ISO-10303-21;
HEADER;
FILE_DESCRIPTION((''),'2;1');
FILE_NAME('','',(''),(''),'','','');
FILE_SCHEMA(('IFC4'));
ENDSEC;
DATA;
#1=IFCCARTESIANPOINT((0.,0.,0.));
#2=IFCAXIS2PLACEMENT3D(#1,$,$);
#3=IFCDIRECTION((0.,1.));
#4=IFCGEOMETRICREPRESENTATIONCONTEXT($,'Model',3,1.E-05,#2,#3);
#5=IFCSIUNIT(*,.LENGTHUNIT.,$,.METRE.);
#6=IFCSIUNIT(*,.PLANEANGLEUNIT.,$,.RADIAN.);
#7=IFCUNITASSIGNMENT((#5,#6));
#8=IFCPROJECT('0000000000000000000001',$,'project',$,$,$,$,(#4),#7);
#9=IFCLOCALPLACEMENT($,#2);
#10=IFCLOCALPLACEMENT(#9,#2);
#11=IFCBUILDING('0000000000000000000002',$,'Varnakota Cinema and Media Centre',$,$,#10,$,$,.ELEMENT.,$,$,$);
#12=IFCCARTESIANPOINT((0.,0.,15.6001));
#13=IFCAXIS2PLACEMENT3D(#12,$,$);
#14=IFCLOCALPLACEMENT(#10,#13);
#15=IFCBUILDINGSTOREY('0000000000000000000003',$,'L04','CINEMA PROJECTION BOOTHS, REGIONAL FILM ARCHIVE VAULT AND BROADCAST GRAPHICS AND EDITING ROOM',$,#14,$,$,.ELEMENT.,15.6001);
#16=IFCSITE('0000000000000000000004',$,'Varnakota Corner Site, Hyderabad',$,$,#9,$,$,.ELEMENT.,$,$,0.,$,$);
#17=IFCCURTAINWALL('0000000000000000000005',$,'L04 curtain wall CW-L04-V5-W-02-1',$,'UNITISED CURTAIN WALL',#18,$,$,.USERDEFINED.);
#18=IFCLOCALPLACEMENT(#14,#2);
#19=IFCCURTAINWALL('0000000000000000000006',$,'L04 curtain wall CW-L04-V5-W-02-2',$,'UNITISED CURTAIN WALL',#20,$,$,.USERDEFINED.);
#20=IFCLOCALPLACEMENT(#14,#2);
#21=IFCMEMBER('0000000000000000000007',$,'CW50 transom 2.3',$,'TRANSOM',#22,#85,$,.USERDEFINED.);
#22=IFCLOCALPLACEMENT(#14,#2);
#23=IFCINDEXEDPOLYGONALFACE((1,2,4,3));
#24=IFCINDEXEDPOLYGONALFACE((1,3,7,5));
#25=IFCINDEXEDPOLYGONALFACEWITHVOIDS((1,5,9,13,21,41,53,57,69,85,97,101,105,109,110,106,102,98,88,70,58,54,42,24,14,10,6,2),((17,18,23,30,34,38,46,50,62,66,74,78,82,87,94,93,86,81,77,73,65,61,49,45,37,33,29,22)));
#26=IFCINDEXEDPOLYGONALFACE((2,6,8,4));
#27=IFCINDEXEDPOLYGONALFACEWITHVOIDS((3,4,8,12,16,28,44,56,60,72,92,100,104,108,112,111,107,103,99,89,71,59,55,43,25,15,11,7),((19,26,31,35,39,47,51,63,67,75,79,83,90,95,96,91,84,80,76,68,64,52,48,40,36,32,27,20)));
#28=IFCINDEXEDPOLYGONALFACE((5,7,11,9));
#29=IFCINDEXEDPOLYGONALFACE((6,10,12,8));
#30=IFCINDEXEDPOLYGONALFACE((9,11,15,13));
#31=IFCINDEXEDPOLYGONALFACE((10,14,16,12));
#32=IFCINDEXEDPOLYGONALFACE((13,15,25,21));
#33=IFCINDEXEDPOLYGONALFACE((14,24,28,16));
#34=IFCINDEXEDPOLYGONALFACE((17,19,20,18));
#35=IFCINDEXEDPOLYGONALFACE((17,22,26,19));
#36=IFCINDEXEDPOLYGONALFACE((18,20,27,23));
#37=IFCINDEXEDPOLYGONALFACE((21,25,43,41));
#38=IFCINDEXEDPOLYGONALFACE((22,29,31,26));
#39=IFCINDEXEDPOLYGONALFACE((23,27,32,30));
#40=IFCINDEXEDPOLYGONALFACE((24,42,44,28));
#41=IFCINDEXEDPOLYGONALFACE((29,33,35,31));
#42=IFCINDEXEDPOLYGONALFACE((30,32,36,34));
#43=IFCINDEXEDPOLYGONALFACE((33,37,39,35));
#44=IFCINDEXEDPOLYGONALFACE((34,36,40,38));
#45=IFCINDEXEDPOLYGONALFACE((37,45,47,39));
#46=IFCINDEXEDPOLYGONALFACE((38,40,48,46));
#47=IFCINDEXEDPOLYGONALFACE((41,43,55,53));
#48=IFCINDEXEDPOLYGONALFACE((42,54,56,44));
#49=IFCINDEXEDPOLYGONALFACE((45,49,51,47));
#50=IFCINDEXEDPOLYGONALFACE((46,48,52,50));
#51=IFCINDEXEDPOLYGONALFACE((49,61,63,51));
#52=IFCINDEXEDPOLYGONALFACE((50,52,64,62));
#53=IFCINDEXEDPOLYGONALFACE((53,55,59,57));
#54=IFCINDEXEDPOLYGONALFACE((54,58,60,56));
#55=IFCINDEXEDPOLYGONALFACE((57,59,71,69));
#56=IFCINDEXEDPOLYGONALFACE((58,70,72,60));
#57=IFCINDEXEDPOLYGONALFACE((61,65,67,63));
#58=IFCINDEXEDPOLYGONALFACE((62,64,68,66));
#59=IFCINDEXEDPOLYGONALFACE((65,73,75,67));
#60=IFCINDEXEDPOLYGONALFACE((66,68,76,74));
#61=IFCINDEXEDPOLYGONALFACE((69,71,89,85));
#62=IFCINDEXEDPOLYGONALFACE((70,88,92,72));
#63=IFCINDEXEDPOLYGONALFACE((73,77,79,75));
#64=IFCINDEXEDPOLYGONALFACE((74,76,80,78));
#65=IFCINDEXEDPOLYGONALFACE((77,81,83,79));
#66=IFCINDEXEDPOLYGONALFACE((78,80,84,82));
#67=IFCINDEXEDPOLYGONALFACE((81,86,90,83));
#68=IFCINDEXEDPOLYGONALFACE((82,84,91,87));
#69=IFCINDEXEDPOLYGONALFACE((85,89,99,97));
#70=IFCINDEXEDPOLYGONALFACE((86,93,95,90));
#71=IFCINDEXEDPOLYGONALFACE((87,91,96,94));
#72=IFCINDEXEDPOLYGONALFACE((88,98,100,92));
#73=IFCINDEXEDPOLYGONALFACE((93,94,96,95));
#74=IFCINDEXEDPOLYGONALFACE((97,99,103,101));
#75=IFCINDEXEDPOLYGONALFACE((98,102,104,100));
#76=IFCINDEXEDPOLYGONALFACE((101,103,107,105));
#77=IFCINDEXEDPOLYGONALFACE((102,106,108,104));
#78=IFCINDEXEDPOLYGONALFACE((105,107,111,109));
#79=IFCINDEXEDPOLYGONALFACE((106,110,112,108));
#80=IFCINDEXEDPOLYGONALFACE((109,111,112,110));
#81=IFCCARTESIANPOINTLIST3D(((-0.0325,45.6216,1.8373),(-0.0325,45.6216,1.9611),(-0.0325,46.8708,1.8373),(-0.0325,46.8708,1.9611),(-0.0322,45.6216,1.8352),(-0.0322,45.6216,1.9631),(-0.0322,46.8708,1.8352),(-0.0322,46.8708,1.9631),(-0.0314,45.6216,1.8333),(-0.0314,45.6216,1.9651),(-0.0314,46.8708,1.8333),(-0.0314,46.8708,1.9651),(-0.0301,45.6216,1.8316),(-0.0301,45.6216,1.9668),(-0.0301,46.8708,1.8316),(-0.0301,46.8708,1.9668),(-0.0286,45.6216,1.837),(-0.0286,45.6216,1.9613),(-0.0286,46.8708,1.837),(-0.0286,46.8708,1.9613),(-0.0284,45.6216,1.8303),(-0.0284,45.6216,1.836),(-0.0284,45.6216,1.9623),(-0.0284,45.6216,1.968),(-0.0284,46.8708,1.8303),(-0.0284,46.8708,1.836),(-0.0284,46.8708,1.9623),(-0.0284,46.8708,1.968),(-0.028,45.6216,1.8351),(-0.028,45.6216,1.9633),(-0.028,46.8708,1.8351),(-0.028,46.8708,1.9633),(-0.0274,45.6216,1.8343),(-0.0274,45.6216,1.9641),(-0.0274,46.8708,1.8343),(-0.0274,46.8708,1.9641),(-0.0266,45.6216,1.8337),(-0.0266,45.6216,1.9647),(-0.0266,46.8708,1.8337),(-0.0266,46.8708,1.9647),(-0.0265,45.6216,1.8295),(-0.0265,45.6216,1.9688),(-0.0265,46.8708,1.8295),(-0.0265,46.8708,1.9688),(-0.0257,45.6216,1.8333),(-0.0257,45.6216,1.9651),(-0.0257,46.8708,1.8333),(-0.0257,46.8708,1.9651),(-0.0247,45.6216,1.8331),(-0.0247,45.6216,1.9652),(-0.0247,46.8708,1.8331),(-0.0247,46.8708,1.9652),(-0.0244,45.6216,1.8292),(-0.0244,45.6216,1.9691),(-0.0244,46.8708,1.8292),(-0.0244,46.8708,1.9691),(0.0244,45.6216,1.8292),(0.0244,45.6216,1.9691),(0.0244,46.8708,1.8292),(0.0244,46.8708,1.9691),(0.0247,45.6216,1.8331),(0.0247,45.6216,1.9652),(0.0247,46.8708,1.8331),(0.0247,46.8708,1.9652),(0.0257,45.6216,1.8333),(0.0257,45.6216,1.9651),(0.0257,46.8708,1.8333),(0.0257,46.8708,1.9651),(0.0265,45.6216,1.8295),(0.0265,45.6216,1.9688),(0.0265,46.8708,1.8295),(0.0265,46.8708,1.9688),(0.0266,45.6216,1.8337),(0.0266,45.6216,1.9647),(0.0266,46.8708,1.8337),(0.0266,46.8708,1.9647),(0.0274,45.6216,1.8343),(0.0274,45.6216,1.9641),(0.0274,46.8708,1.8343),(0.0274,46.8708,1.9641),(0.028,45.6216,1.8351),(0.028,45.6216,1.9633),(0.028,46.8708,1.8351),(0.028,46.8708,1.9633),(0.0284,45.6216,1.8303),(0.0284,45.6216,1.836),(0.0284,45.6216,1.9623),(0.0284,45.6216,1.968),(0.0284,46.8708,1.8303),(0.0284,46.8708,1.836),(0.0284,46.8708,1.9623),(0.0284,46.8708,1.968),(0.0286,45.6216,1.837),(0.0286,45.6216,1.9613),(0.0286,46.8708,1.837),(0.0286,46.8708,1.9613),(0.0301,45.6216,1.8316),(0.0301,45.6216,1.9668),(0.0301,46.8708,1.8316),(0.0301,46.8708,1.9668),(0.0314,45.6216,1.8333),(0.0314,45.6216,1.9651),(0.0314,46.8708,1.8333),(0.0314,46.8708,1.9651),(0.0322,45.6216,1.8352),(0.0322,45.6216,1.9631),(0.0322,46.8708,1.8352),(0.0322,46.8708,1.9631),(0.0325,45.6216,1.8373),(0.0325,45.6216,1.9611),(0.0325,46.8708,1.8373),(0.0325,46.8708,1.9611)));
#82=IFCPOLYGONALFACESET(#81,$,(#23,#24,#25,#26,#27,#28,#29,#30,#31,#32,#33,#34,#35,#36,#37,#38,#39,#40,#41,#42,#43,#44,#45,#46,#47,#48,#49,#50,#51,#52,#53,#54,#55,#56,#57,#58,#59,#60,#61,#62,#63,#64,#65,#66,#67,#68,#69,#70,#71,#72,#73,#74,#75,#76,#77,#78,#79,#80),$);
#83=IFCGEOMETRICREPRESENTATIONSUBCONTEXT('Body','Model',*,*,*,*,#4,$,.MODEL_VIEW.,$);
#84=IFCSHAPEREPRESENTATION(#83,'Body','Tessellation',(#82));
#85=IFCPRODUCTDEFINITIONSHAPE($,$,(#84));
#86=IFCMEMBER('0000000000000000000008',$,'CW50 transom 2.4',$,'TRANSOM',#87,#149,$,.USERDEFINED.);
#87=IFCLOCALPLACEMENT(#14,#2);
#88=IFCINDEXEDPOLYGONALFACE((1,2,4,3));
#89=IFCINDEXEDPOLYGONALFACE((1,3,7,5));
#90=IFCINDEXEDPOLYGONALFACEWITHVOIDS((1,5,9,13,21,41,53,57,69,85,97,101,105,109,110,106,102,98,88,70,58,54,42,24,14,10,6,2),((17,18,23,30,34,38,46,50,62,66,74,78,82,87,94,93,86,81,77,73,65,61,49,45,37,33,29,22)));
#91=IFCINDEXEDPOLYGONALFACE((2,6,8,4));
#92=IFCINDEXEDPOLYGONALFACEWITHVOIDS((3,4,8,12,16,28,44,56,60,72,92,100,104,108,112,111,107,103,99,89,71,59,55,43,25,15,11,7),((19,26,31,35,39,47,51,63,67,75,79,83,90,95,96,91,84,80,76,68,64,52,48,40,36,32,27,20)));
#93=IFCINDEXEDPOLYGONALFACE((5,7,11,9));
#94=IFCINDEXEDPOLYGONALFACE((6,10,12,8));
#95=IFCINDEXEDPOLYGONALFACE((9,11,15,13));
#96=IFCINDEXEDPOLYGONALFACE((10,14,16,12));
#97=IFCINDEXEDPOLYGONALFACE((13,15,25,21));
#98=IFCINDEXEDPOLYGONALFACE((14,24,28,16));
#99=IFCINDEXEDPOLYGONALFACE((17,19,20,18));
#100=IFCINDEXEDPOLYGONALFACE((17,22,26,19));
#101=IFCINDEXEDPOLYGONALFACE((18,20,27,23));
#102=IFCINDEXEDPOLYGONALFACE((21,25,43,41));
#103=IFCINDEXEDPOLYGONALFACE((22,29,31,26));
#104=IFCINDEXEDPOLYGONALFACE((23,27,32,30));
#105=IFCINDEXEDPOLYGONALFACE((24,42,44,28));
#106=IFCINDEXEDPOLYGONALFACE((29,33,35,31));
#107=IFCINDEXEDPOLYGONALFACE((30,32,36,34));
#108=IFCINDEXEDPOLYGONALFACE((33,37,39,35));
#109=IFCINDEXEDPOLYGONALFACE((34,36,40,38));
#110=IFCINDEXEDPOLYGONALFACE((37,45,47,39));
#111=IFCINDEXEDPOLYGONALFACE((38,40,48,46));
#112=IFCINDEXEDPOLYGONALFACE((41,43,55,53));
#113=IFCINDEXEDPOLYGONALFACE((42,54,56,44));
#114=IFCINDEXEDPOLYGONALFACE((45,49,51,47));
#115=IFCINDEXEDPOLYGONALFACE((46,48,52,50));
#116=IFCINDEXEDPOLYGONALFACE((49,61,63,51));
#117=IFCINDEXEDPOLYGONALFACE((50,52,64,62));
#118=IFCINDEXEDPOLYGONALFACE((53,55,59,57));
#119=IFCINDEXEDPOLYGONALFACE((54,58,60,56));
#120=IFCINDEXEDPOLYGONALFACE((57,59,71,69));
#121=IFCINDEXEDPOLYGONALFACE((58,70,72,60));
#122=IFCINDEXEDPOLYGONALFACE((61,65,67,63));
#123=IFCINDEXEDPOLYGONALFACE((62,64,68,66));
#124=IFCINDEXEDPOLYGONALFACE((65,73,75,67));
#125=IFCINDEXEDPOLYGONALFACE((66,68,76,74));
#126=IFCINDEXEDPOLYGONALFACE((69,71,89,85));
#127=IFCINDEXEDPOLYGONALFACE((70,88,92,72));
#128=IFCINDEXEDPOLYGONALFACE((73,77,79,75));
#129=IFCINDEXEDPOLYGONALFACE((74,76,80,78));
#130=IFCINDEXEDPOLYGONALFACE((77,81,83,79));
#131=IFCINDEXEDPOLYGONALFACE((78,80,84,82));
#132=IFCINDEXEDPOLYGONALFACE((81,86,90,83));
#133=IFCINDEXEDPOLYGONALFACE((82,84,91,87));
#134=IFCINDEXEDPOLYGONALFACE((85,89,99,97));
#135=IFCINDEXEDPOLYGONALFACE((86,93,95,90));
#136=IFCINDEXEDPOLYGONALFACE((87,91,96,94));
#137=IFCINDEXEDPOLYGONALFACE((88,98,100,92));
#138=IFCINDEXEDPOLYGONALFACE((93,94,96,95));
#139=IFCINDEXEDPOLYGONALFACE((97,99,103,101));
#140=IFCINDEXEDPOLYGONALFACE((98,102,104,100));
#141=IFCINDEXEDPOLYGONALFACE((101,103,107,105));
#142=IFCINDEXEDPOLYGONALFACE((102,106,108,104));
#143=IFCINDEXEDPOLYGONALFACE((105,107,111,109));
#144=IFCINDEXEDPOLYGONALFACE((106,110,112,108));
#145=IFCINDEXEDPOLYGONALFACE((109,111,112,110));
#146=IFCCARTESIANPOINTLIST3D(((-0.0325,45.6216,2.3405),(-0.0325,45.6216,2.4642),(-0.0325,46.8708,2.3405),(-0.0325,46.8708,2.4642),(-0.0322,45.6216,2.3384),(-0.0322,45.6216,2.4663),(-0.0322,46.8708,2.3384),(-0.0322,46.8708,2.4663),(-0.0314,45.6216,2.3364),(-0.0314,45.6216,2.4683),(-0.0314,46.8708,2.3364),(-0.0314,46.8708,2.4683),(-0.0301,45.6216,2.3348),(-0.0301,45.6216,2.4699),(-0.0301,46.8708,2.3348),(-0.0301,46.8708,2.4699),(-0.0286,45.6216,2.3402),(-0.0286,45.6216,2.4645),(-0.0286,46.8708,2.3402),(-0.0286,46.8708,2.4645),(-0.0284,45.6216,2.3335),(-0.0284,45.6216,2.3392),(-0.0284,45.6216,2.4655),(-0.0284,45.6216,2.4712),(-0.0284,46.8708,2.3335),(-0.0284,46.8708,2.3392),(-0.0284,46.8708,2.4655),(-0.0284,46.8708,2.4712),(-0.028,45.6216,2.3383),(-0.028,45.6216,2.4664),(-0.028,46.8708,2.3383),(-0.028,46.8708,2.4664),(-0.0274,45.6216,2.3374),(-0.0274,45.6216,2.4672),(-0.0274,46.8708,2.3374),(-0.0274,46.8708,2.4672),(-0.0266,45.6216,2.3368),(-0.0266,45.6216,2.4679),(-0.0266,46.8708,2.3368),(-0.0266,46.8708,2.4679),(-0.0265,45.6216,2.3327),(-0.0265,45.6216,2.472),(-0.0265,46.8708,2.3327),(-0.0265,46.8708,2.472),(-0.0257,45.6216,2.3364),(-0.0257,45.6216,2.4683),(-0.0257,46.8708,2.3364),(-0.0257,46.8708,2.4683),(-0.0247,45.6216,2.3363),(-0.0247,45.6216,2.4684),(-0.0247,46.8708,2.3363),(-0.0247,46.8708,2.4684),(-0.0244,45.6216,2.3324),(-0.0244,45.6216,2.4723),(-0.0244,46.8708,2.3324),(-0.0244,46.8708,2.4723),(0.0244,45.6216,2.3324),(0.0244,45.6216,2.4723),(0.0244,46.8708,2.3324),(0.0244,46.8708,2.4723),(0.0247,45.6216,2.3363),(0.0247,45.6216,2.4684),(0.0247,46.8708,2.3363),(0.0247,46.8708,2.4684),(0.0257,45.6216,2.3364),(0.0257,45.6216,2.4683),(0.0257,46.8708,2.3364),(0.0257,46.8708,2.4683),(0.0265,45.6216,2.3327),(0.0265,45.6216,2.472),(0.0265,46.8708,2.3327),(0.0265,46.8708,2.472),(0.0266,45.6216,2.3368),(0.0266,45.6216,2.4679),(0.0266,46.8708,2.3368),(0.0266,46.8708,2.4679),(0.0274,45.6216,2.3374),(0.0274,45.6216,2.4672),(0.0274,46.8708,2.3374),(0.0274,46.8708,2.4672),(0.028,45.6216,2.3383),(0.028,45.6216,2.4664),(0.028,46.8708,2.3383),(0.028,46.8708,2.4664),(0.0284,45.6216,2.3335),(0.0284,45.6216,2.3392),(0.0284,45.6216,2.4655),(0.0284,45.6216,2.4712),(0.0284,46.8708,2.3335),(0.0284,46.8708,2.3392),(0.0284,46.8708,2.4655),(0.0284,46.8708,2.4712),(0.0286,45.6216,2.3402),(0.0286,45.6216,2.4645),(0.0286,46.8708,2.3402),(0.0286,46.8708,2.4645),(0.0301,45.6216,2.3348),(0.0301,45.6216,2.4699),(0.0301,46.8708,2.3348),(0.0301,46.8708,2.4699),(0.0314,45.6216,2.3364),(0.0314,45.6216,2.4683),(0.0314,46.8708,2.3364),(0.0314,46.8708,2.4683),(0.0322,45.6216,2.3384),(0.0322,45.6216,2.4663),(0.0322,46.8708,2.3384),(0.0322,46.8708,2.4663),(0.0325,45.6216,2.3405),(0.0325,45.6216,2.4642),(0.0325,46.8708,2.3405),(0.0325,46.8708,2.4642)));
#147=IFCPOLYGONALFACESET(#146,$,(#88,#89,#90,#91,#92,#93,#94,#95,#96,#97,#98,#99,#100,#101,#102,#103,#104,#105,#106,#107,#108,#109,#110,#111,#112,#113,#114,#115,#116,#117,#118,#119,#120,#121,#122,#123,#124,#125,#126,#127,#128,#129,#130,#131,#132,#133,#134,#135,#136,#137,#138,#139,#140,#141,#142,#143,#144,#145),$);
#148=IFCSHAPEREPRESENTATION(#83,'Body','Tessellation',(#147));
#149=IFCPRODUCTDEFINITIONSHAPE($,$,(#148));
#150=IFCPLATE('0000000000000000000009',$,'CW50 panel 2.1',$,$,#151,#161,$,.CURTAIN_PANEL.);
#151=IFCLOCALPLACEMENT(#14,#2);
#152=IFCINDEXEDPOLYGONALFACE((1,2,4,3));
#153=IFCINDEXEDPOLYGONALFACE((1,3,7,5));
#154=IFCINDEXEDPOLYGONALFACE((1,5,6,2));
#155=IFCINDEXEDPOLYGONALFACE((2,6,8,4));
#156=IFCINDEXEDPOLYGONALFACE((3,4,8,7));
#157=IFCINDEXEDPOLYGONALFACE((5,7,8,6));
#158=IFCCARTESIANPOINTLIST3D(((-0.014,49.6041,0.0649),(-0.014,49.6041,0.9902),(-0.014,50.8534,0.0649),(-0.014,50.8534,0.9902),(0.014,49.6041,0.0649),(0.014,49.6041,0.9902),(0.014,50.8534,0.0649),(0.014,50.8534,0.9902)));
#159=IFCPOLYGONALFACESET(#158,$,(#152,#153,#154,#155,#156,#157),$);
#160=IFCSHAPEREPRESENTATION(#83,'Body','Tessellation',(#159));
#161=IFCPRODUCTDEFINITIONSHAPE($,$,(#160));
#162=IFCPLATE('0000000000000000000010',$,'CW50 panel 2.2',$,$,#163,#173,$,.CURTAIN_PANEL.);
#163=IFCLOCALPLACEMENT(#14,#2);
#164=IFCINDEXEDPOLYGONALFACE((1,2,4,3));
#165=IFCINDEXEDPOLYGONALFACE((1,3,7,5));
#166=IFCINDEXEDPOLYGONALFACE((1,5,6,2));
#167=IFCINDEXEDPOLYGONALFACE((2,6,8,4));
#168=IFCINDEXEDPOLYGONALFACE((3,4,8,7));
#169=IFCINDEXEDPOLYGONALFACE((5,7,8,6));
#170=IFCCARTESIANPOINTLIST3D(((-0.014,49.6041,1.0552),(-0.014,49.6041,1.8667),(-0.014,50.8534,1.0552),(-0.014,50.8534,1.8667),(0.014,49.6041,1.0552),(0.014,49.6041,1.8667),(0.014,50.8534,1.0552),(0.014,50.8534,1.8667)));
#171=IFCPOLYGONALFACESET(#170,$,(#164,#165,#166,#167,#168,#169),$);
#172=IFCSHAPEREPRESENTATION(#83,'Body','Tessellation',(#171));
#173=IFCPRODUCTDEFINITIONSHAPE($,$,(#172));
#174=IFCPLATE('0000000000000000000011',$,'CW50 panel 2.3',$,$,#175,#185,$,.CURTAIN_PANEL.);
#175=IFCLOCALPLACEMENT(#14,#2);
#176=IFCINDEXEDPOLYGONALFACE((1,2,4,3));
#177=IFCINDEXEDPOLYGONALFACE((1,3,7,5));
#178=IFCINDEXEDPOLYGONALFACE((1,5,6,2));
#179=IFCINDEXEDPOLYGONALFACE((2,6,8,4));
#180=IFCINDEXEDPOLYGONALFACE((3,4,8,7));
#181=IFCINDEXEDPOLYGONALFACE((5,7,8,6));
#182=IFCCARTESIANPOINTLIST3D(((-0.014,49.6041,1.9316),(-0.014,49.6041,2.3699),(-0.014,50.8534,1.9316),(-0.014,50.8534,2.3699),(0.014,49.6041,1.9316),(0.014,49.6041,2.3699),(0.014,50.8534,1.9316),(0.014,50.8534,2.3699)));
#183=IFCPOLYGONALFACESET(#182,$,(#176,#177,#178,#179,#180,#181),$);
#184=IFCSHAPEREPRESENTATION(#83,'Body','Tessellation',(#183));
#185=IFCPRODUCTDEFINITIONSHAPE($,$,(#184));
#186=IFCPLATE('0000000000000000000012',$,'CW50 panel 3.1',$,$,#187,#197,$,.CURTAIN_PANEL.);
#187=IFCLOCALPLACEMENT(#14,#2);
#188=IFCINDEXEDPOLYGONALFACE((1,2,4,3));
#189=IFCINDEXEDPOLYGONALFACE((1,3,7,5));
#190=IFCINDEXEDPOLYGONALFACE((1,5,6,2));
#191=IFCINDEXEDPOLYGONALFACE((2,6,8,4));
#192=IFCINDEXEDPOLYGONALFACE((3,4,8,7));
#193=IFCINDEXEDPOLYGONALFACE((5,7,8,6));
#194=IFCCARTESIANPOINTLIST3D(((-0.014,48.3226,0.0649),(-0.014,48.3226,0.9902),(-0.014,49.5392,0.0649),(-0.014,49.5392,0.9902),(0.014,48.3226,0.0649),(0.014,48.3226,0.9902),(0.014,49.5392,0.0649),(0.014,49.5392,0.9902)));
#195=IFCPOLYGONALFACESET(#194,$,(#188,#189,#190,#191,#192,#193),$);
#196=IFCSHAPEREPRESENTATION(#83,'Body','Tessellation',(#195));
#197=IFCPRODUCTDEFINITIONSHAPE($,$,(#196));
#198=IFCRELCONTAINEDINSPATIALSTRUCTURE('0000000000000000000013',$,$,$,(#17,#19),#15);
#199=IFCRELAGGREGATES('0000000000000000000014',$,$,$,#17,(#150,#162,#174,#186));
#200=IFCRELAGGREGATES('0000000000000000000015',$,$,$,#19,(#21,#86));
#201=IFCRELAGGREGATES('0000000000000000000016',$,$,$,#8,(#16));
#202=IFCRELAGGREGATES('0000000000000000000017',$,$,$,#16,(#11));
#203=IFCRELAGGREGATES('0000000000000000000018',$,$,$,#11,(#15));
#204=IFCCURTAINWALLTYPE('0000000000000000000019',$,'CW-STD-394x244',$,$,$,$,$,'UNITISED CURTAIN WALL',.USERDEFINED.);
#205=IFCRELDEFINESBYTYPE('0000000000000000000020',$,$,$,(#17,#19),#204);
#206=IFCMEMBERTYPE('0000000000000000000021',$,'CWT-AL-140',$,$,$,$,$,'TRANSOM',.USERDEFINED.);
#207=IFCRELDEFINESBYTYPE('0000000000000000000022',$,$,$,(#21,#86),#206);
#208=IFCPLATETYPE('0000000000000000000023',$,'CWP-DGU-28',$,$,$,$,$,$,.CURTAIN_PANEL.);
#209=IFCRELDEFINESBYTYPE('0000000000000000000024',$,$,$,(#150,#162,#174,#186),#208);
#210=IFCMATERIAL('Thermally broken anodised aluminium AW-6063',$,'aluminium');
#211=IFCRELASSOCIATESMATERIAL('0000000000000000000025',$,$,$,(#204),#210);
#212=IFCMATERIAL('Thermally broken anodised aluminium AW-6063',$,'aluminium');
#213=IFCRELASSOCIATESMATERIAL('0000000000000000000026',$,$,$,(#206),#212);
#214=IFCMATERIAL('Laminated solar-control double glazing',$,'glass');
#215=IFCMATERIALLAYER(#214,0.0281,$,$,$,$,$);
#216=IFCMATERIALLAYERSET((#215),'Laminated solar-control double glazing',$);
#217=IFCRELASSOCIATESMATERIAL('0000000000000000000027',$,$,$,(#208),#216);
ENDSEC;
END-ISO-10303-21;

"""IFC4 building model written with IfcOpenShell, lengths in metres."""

from ifc_helpers import new_model, si_unit, direction, frame, origin, origin_2d, place, context, subcontext, project, spatial, rectangle, hollow_rectangle, extrude, material, layer, layer_set, material_profile, profile_set, type_object, element, aggregate, save


model = new_model("IFC4")

# Units and contexts
model_context = context("Model", 3, precision=1e-05, world=origin(), true_north=direction((0.0, 1.0)))
body_context = subcontext(model_context, "Body", "Model", "MODEL_VIEW")
ifc_project = project(units=[si_unit("LENGTHUNIT", "METRE"), si_unit("PLANEANGLEUNIT", "RADIAN")], contexts=[model_context])

# Site, building, storey
site_placement = place(None, origin())
site = spatial("IfcSite", under=ifc_project, at=site_placement, Name="Varnakota Corner Site, Hyderabad", CompositionType="ELEMENT", RefElevation=0.0)
building_placement = place(site_placement, origin())
building = spatial("IfcBuilding", under=site, at=building_placement, Name="Varnakota Cinema and Media Centre", CompositionType="ELEMENT")
storey_placement = place(building_placement, frame((0.0, 0.0, 15.6001)))
storey = spatial("IfcBuildingStorey", under=building, at=storey_placement, Name="L04", Description="CINEMA PROJECTION BOOTHS, REGIONAL FILM ARCHIVE VAULT AND BROADCAST GRAPHICS AND EDITING ROOM", CompositionType="ELEMENT", Elevation=15.6001)

# Curtain walls
ifc_material_1 = material(Name="Thermally broken anodised aluminium AW-6063", Category="aluminium")
curtain_wall_type = type_object("IfcCurtainWallType", Name="CW-STD-394x244", ElementType="UNITISED CURTAIN WALL", PredefinedType="USERDEFINED", material=ifc_material_1)
curtain_wall_1_placement = place(storey_placement, origin())
curtain_wall_1 = element("IfcCurtainWall", 1, at=curtain_wall_1_placement, inside=storey, type_object=curtain_wall_type, Name="L04 curtain wall CW-L04-V5-W-02-1", ObjectType="UNITISED CURTAIN WALL", PredefinedType="USERDEFINED")
curtain_wall_2_placement = place(storey_placement, origin())
curtain_wall_2 = element("IfcCurtainWall", 2, at=curtain_wall_2_placement, inside=storey, type_object=curtain_wall_type, Name="L04 curtain wall CW-L04-V5-W-02-2", ObjectType="UNITISED CURTAIN WALL", PredefinedType="USERDEFINED")

# Members
ifc_material_2 = material(Name="Thermally broken anodised aluminium AW-6063", Category="aluminium")
ifc_material_profile_1 = material_profile(ifc_material_2, hollow_rectangle(XDim=0.0649, YDim=0.1399, WallThickness=0.0039, InnerFilletRadius=0.0039, OuterFilletRadius=0.0081, at=origin_2d()), Name="AL-TRANSOM 140x65x4")
ifc_profile_set_1 = profile_set([ifc_material_profile_1], Name="Thermally broken anodised aluminium AW-6063")
member_type_1 = type_object("IfcMemberType", Name="CWT-AL-140", ElementType="TRANSOM", PredefinedType="USERDEFINED", material=ifc_profile_set_1)
member_1_placement = place(storey_placement, frame((0.0, 46.8708, 1.8992), z_axis=(0.0, -1.0, 0.0), x_axis=(1.0, 0.0, 0.0)))
member_1 = element("IfcMember", 3, at=member_1_placement, type_object=member_type_1, Name="CW50 transom 2.3", ObjectType="TRANSOM", PredefinedType="USERDEFINED", context=body_context, shape_type="SweptSolid", body=[
    extrude(hollow_rectangle(XDim=0.0649, YDim=0.1399, WallThickness=0.0039, InnerFilletRadius=0.0039, OuterFilletRadius=0.0081, at=origin_2d()), origin(), (0.0, 0.0, 1.0), 1.2493),
])
member_2_placement = place(storey_placement, frame((0.0, 46.8708, 2.4023), z_axis=(0.0, -1.0, 0.0), x_axis=(1.0, 0.0, 0.0)))
member_2 = element("IfcMember", 4, at=member_2_placement, type_object=member_type_1, Name="CW50 transom 2.4", ObjectType="TRANSOM", PredefinedType="USERDEFINED", context=body_context, shape_type="SweptSolid", body=[
    extrude(hollow_rectangle(XDim=0.0649, YDim=0.1399, WallThickness=0.0039, InnerFilletRadius=0.0039, OuterFilletRadius=0.0081, at=origin_2d()), origin(), (0.0, 0.0, 1.0), 1.2493),
])

# Plates
ifc_material_3 = material(Name="Laminated solar-control double glazing", Category="glass")
ifc_layer = layer(ifc_material_3, 0.0281)
ifc_layer_set = layer_set([ifc_layer], Name="Laminated solar-control double glazing")
plate_type = type_object("IfcPlateType", Name="CWP-DGU-28", PredefinedType="CURTAIN_PANEL", material=ifc_layer_set)
plate_1_placement = place(storey_placement, frame((0.0, 50.2288, 0.0649), z_axis=(0.0, 0.0, 1.0), x_axis=(0.0, -1.0, 0.0)))
plate_1 = element("IfcPlate", 5, at=plate_1_placement, type_object=plate_type, Name="CW50 panel 2.1", PredefinedType="CURTAIN_PANEL", context=body_context, shape_type="SweptSolid", body=[
    extrude(rectangle(XDim=1.2493, YDim=0.0281, at=origin_2d()), origin(), (0.0, 0.0, 1.0), 0.9253),
])
plate_2_placement = place(storey_placement, frame((0.0, 50.2288, 1.0552), z_axis=(0.0, 0.0, 1.0), x_axis=(0.0, -1.0, 0.0)))
plate_2 = element("IfcPlate", 6, at=plate_2_placement, type_object=plate_type, Name="CW50 panel 2.2", PredefinedType="CURTAIN_PANEL", context=body_context, shape_type="SweptSolid", body=[
    extrude(rectangle(XDim=1.2493, YDim=0.0281, at=origin_2d()), origin(), (0.0, 0.0, 1.0), 0.8115),
])
plate_3_placement = place(storey_placement, frame((0.0, 50.2288, 1.9316), z_axis=(0.0, 0.0, 1.0), x_axis=(0.0, -1.0, 0.0)))
plate_3 = element("IfcPlate", 7, at=plate_3_placement, type_object=plate_type, Name="CW50 panel 2.3", PredefinedType="CURTAIN_PANEL", context=body_context, shape_type="SweptSolid", body=[
    extrude(rectangle(XDim=1.2493, YDim=0.0281, at=origin_2d()), origin(), (0.0, 0.0, 1.0), 0.4382),
])
plate_4_placement = place(storey_placement, frame((0.0, 48.9309, 0.0649), z_axis=(0.0, 0.0, 1.0), x_axis=(0.0, -1.0, 0.0)))
plate_4 = element("IfcPlate", 8, at=plate_4_placement, type_object=plate_type, Name="CW50 panel 3.1", PredefinedType="CURTAIN_PANEL", context=body_context, shape_type="SweptSolid", body=[
    extrude(rectangle(XDim=1.2166, YDim=0.0281, at=origin_2d()), origin(), (0.0, 0.0, 1.0), 0.9253),
])
aggregate(curtain_wall_1, [plate_1, plate_2, plate_3, plate_4])
aggregate(curtain_wall_2, [member_1, member_2])

save(model, "model.ifc")
